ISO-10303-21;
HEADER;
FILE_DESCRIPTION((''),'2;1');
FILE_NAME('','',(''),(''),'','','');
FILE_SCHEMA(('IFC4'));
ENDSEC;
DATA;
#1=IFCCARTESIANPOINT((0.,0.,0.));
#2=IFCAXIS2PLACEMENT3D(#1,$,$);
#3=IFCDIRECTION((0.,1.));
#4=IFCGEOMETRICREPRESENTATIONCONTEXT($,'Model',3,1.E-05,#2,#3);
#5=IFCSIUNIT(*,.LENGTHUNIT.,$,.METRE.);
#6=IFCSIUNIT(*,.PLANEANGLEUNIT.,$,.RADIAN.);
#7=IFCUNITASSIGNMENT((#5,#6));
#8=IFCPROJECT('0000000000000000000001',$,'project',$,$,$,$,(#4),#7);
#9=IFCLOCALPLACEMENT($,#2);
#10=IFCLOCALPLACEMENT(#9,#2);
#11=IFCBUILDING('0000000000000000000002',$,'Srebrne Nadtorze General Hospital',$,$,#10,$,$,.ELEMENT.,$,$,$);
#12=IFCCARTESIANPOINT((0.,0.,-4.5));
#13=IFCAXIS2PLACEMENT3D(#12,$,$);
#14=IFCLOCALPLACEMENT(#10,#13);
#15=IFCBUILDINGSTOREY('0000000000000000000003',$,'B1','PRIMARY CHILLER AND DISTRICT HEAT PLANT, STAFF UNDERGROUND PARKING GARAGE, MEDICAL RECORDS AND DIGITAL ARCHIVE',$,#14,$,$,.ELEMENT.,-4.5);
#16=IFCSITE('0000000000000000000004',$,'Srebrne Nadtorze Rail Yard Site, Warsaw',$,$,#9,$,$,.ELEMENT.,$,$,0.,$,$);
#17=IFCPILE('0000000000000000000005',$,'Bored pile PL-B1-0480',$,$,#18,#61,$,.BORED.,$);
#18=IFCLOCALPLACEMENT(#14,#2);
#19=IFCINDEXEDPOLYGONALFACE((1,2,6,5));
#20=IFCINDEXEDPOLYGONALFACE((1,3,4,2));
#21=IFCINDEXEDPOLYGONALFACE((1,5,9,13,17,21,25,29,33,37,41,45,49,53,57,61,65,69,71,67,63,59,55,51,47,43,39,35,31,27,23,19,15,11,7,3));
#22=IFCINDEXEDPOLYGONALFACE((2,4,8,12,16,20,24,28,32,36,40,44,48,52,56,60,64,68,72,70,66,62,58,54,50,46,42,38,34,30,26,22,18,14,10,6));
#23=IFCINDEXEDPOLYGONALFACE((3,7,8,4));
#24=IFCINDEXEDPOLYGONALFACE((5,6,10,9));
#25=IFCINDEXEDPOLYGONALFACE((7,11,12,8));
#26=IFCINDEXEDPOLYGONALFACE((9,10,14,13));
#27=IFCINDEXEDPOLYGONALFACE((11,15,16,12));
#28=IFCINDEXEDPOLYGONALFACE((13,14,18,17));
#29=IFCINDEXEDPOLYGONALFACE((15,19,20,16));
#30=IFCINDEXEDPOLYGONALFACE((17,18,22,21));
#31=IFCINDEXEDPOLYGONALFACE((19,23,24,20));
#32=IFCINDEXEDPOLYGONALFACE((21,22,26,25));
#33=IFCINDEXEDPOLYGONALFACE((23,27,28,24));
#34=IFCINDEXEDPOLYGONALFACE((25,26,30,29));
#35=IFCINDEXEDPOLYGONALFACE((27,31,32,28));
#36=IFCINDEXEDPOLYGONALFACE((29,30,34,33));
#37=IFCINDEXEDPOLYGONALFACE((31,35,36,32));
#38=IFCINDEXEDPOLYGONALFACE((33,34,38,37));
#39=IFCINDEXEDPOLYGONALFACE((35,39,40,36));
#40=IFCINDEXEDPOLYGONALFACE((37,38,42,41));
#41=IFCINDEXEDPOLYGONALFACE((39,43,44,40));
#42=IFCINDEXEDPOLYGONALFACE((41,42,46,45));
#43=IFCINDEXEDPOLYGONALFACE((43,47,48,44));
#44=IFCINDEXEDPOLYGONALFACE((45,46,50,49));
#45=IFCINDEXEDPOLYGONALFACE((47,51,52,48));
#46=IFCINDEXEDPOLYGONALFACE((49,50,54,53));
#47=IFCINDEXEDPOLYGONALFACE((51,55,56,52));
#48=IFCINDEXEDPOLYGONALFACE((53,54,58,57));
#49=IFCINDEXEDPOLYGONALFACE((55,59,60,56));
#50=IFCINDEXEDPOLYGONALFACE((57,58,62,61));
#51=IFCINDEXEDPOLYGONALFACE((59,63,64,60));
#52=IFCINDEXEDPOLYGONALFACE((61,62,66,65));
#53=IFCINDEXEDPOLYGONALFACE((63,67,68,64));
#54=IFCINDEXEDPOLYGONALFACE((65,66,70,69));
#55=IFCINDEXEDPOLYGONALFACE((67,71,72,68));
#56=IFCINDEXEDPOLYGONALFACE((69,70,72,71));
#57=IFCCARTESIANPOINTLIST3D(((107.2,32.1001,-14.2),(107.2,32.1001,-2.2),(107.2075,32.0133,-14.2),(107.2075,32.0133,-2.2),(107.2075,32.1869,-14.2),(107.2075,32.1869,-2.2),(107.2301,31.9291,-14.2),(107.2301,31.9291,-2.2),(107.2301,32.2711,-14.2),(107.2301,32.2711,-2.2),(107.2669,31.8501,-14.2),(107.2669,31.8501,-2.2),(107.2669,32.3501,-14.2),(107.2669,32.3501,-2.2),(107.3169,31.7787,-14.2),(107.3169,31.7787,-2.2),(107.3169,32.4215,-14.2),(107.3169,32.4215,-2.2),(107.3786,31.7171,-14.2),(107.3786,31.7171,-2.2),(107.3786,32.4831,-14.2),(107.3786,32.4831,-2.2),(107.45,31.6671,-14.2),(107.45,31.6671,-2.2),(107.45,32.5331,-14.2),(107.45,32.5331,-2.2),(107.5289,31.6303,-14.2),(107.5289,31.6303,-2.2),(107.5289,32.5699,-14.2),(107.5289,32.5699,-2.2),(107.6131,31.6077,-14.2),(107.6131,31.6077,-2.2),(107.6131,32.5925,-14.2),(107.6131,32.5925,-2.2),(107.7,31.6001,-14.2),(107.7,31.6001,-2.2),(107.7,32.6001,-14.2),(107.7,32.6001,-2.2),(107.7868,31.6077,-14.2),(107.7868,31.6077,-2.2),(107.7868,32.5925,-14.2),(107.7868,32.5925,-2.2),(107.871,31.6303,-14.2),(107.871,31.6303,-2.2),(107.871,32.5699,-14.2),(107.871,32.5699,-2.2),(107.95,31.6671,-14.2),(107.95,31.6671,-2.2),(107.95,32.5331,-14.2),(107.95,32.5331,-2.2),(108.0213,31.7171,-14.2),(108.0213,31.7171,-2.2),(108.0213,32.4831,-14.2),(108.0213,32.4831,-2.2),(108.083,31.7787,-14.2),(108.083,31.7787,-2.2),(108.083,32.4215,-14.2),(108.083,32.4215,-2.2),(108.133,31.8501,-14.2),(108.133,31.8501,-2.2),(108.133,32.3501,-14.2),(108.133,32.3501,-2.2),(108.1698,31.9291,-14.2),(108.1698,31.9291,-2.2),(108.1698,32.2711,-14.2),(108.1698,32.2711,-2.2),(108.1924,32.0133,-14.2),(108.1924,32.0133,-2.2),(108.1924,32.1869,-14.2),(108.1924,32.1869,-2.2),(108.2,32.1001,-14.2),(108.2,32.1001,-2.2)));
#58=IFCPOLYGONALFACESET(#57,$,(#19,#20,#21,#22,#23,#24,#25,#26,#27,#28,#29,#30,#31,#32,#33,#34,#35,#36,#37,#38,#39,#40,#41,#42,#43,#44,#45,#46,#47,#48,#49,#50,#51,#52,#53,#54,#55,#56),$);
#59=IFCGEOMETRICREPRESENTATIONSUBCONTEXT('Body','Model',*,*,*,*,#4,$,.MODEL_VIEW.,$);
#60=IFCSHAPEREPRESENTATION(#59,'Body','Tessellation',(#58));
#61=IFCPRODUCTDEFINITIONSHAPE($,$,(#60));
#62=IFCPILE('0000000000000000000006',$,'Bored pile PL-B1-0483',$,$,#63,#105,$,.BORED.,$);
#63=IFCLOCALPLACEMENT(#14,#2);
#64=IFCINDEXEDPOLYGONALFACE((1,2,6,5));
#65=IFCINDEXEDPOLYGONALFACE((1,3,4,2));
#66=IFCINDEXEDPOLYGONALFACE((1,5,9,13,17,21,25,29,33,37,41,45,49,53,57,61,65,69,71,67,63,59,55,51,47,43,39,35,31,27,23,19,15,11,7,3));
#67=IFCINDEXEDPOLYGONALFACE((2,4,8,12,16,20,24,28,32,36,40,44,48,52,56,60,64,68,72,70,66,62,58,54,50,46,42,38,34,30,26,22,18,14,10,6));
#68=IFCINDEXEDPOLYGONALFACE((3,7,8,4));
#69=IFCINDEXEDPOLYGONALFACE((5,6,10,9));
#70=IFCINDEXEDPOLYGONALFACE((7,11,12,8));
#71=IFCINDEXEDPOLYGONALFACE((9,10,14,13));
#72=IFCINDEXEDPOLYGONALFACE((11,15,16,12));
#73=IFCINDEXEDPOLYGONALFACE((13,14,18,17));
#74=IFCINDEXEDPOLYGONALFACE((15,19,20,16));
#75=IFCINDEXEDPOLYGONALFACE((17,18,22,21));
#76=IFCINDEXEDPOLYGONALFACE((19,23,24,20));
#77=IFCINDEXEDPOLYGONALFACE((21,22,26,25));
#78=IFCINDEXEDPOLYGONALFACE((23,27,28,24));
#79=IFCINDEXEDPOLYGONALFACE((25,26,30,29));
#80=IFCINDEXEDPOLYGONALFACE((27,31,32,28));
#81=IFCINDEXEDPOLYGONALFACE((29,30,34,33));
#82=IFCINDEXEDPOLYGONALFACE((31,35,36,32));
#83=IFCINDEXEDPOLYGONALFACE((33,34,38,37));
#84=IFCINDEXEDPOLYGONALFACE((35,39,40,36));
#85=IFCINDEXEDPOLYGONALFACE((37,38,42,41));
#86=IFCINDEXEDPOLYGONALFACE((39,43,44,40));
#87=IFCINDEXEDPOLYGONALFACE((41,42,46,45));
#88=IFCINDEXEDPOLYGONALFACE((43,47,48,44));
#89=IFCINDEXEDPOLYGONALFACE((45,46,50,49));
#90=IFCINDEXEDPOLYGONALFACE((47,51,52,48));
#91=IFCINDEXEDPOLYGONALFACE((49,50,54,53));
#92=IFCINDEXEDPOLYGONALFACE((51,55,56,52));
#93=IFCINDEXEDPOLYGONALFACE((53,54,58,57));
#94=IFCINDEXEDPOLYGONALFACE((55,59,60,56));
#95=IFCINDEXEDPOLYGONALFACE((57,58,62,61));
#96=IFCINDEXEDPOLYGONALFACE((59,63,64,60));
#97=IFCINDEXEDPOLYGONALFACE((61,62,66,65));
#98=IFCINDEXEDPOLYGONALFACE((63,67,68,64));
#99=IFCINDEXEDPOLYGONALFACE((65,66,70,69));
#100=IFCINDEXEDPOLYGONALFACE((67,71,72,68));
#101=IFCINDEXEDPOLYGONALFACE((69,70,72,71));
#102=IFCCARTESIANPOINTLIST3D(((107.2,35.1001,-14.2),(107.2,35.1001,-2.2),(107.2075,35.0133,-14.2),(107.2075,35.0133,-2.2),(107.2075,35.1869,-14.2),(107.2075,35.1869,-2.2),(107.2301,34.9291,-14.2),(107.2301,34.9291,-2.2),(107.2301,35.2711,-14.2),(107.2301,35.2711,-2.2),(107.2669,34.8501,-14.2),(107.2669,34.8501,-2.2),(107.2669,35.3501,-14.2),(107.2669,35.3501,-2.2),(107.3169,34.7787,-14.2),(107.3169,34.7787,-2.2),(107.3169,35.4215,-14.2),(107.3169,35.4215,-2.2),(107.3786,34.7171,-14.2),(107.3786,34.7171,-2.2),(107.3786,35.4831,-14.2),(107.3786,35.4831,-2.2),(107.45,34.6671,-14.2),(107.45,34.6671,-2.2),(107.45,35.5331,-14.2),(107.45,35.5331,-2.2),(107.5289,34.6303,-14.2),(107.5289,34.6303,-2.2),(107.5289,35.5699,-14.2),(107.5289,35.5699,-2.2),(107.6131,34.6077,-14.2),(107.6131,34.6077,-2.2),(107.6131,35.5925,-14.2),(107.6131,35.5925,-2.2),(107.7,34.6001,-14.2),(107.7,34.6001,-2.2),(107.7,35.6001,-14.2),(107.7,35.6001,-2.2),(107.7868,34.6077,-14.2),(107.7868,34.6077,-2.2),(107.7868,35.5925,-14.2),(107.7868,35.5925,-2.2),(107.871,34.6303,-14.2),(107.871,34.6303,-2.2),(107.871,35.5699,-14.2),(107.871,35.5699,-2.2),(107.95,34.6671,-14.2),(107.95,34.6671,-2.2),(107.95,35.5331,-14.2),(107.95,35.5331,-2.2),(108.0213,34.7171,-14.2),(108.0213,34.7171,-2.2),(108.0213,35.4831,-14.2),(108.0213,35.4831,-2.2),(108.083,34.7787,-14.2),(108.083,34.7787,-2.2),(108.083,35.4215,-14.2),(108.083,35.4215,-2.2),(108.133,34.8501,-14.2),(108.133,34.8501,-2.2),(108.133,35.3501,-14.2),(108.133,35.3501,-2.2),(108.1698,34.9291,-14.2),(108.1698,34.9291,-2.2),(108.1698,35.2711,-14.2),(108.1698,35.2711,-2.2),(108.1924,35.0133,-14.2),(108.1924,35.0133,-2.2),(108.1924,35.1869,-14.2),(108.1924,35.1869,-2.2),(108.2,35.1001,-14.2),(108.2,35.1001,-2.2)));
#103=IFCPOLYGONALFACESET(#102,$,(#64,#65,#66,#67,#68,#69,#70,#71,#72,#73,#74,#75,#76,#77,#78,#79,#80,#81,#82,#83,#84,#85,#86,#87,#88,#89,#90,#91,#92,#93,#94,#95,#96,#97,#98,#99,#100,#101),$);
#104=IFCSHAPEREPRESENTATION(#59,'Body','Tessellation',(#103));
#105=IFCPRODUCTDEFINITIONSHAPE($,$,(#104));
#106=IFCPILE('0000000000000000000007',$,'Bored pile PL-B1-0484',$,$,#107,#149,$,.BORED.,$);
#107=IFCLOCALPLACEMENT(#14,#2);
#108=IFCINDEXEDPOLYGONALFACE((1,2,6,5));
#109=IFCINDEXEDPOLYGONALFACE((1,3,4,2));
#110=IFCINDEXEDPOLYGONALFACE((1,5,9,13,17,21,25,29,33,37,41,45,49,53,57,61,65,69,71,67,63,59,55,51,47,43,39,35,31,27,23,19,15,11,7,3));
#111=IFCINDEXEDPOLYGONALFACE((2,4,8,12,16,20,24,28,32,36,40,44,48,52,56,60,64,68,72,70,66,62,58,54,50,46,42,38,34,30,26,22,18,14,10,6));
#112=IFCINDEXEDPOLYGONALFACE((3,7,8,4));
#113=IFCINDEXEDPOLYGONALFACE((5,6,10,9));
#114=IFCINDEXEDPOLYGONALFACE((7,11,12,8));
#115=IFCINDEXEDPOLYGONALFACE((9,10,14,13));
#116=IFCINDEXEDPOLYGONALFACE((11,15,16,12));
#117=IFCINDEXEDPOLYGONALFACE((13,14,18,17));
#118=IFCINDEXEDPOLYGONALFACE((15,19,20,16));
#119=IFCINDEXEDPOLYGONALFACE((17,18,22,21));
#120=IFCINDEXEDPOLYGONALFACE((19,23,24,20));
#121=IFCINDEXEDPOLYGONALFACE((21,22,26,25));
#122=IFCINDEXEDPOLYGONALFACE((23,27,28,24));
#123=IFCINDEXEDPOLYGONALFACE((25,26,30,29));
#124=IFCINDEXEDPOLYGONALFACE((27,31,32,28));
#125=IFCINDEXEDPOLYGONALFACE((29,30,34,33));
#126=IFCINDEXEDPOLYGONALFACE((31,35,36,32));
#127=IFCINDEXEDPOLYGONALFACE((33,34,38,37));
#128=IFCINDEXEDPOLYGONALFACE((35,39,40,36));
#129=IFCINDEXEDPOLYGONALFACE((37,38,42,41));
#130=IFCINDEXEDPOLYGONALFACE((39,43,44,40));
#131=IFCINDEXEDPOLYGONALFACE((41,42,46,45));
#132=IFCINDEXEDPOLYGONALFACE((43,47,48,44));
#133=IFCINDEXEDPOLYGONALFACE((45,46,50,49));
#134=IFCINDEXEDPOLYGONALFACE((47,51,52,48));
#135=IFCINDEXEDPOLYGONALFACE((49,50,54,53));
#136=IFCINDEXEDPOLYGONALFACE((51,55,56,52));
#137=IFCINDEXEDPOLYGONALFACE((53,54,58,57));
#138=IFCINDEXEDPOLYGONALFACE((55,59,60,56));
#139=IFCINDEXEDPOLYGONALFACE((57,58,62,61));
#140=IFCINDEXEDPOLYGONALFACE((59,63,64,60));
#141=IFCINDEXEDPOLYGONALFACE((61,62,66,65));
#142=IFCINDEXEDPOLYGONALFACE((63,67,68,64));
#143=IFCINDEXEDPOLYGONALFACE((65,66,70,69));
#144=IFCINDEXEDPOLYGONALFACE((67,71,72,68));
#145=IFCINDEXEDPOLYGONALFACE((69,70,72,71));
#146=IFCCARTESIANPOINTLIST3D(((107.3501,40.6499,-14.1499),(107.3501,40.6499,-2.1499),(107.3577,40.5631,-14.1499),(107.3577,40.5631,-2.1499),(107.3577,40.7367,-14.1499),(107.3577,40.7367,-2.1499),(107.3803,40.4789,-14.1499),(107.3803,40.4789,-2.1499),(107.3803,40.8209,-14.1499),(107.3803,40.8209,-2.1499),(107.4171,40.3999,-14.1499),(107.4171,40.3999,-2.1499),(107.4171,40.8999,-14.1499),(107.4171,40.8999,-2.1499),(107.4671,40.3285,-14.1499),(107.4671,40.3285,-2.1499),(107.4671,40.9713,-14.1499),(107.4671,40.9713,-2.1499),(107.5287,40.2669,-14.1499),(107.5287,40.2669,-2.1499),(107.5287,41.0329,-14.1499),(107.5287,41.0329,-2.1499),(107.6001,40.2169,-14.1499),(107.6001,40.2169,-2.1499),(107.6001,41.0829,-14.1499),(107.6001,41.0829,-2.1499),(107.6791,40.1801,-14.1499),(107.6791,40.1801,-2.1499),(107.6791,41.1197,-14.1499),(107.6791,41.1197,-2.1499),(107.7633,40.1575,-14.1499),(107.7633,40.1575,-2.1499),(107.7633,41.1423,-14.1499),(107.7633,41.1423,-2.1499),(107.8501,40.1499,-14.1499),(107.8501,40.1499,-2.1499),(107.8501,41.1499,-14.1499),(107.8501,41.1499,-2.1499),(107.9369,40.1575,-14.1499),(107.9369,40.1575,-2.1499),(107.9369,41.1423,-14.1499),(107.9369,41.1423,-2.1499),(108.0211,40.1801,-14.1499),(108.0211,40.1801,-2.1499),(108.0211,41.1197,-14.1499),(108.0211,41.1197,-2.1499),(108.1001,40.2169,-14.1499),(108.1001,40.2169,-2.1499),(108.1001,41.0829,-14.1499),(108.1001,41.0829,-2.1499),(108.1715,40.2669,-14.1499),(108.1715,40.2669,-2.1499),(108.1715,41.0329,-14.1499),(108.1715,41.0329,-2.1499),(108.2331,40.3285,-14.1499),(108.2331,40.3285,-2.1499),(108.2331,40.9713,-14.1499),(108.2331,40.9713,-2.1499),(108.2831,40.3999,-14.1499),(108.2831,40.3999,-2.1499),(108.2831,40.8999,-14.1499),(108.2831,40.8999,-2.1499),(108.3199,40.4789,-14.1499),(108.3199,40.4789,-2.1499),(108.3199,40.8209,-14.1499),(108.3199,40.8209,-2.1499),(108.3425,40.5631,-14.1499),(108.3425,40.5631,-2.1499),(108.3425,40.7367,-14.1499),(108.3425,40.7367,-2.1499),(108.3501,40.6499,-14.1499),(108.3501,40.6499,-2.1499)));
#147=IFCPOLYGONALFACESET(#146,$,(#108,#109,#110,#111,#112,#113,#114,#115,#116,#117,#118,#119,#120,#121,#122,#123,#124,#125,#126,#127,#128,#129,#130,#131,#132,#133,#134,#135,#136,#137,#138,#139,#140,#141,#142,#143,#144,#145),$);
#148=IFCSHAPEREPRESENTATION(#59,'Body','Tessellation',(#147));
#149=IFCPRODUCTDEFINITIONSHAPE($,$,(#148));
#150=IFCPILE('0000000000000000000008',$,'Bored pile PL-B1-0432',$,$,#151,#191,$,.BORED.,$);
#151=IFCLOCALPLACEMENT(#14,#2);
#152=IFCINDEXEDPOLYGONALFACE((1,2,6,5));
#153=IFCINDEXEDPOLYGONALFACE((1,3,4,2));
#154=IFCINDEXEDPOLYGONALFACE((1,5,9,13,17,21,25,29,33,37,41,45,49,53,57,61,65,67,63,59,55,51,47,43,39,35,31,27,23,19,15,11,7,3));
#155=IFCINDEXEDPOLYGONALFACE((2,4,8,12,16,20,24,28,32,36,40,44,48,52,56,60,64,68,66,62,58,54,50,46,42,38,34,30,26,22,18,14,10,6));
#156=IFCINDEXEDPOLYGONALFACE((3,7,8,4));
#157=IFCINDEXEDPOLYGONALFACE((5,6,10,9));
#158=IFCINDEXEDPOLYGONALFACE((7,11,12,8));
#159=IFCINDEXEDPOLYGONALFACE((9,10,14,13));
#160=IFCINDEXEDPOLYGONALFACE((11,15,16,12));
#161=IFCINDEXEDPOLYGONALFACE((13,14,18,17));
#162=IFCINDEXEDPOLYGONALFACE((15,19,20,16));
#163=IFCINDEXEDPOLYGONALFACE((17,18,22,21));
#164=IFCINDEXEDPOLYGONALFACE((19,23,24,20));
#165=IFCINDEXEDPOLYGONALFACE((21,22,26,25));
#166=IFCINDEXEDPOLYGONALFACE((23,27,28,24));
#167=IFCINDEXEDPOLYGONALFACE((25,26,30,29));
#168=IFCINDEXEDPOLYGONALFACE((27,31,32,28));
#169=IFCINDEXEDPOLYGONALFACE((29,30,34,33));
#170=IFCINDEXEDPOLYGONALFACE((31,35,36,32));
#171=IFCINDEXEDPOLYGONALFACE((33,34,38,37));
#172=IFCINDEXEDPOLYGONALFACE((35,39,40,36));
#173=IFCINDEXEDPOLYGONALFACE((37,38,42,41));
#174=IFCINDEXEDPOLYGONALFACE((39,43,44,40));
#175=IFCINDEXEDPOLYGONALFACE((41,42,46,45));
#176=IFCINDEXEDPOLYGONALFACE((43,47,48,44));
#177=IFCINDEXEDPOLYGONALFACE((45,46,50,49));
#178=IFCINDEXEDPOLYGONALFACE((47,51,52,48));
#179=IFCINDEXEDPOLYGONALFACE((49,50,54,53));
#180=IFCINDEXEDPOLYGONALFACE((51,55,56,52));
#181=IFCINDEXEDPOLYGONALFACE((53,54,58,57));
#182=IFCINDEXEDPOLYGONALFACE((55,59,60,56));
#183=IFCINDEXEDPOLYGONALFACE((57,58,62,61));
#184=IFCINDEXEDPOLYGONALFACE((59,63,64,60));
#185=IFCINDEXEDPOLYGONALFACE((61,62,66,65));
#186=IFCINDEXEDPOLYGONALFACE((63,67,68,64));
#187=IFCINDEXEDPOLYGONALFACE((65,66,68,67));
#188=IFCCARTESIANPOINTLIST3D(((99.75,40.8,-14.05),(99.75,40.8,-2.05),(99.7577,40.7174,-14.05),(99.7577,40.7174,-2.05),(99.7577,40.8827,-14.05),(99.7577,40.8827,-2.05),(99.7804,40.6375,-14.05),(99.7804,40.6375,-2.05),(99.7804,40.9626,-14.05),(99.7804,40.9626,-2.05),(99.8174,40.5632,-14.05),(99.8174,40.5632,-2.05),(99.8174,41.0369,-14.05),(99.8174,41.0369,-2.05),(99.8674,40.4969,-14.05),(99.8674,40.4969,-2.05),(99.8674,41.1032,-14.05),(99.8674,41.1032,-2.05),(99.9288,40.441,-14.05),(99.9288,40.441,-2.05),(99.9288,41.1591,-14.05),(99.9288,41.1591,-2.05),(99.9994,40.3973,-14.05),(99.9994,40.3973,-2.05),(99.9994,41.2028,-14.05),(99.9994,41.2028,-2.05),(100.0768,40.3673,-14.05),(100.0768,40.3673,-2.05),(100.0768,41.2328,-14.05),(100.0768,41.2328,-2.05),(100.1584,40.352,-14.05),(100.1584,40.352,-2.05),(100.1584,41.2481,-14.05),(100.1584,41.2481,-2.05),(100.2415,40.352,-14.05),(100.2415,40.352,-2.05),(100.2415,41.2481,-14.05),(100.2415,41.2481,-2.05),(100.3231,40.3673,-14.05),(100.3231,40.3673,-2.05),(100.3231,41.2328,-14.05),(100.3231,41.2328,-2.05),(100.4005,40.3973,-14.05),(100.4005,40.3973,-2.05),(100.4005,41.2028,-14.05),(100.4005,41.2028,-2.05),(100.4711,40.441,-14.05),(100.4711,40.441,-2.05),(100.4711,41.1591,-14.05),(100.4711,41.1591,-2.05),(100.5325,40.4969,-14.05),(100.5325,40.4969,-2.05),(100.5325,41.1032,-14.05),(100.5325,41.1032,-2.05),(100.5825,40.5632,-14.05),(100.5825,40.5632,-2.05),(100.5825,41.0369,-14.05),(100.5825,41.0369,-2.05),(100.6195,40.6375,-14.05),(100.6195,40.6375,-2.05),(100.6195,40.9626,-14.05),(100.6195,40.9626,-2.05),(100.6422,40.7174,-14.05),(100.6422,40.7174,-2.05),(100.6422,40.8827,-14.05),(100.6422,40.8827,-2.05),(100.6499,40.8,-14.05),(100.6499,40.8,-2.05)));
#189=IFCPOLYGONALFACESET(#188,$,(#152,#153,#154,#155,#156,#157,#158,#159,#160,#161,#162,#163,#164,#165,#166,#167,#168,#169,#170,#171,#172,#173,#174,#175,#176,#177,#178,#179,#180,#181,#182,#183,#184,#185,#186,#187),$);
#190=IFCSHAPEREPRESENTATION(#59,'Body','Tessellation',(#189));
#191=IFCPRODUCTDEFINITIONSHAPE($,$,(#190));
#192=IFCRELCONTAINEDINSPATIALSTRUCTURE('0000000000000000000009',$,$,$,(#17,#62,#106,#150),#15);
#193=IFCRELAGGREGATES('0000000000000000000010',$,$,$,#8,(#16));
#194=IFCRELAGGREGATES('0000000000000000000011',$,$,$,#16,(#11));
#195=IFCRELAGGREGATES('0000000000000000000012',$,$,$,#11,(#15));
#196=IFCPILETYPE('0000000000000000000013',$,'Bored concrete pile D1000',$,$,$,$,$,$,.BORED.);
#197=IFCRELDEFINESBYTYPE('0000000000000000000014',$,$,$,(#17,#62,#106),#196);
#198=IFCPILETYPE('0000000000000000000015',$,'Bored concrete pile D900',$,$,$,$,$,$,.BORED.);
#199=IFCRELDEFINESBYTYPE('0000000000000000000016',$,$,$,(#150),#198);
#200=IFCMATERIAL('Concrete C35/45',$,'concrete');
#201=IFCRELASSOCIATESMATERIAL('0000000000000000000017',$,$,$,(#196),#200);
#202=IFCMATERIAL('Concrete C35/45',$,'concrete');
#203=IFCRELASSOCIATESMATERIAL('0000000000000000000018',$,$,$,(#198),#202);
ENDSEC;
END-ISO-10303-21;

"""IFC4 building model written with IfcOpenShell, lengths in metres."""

from ifc_helpers import new_model, si_unit, direction, frame, origin, origin_2d, place, context, subcontext, project, spatial, circle, extrude, material, material_profile, profile_set, type_object, element, save


model = new_model("IFC4")

# Units and contexts
model_context = context("Model", 3, precision=1e-05, world=origin(), true_north=direction((0.0, 1.0)))
body_context = subcontext(model_context, "Body", "Model", "MODEL_VIEW")
ifc_project = project(units=[si_unit("LENGTHUNIT", "METRE"), si_unit("PLANEANGLEUNIT", "RADIAN")], contexts=[model_context])

# Site, building, storey
site_placement = place(None, origin())
site = spatial("IfcSite", under=ifc_project, at=site_placement, Name="Srebrne Nadtorze Rail Yard Site, Warsaw", CompositionType="ELEMENT", RefElevation=0.0)
building_placement = place(site_placement, origin())
building = spatial("IfcBuilding", under=site, at=building_placement, Name="Srebrne Nadtorze General Hospital", CompositionType="ELEMENT")
storey_placement = place(building_placement, frame((0.0, 0.0, -4.5)))
storey = spatial("IfcBuildingStorey", under=building, at=storey_placement, Name="B1", Description="PRIMARY CHILLER AND DISTRICT HEAT PLANT, STAFF UNDERGROUND PARKING GARAGE, MEDICAL RECORDS AND DIGITAL ARCHIVE", CompositionType="ELEMENT", Elevation=-4.5)

# Piles
ifc_material_1 = material(Name="Concrete C35/45", Category="concrete")
ifc_material_profile_1 = material_profile(ifc_material_1, circle(Radius=0.5, at=origin_2d()), Name="PILE-D1000")
ifc_profile_set_1 = profile_set([ifc_material_profile_1], Name="Concrete C35/45")
pile_type_1 = type_object("IfcPileType", Name="Bored concrete pile D1000", PredefinedType="BORED", material=ifc_profile_set_1)
for number, where, z_axis, x_axis, name in (
    (1, (107.7, 32.1001, -2.2), (0.0, 0.0, -1.0), (1.0, 0.0, 0.0), "Bored pile PL-B1-0480"),
    (2, (107.7, 35.1001, -2.2), (0.0, 0.0, -1.0), (1.0, 0.0, 0.0), "Bored pile PL-B1-0483"),
    (3, (107.8501, 40.6499, -2.1499), (0.0, 0.0, -1.0), (1.0, 0.0, 0.0), "Bored pile PL-B1-0484"),
):
    element("IfcPile", number, at=place(storey_placement, frame(where, z_axis=z_axis, x_axis=x_axis)), inside=storey, type_object=pile_type_1, Name=name, PredefinedType="BORED", context=body_context, shape_type="SweptSolid", body=[
        extrude(circle(Radius=0.5, at=origin_2d()), origin(), (0.0, 0.0, 1.0), 12.0),
    ])
ifc_material_2 = material(Name="Concrete C35/45", Category="concrete")
ifc_material_profile_2 = material_profile(ifc_material_2, circle(Radius=0.45, at=origin_2d()), Name="PILE-D900")
ifc_profile_set_2 = profile_set([ifc_material_profile_2], Name="Concrete C35/45")
pile_type_2 = type_object("IfcPileType", Name="Bored concrete pile D900", PredefinedType="BORED", material=ifc_profile_set_2)
for number, where, z_axis, x_axis, name in (
    (4, (100.2, 40.8, -2.05), (0.0, 0.0, -1.0), (1.0, 0.0, 0.0), "Bored pile PL-B1-0432"),
):
    element("IfcPile", number, at=place(storey_placement, frame(where, z_axis=z_axis, x_axis=x_axis)), inside=storey, type_object=pile_type_2, Name=name, PredefinedType="BORED", context=body_context, shape_type="SweptSolid", body=[
        extrude(circle(Radius=0.45, at=origin_2d()), origin(), (0.0, 0.0, 1.0), 12.0),
    ])

save(model, "model.ifc")
